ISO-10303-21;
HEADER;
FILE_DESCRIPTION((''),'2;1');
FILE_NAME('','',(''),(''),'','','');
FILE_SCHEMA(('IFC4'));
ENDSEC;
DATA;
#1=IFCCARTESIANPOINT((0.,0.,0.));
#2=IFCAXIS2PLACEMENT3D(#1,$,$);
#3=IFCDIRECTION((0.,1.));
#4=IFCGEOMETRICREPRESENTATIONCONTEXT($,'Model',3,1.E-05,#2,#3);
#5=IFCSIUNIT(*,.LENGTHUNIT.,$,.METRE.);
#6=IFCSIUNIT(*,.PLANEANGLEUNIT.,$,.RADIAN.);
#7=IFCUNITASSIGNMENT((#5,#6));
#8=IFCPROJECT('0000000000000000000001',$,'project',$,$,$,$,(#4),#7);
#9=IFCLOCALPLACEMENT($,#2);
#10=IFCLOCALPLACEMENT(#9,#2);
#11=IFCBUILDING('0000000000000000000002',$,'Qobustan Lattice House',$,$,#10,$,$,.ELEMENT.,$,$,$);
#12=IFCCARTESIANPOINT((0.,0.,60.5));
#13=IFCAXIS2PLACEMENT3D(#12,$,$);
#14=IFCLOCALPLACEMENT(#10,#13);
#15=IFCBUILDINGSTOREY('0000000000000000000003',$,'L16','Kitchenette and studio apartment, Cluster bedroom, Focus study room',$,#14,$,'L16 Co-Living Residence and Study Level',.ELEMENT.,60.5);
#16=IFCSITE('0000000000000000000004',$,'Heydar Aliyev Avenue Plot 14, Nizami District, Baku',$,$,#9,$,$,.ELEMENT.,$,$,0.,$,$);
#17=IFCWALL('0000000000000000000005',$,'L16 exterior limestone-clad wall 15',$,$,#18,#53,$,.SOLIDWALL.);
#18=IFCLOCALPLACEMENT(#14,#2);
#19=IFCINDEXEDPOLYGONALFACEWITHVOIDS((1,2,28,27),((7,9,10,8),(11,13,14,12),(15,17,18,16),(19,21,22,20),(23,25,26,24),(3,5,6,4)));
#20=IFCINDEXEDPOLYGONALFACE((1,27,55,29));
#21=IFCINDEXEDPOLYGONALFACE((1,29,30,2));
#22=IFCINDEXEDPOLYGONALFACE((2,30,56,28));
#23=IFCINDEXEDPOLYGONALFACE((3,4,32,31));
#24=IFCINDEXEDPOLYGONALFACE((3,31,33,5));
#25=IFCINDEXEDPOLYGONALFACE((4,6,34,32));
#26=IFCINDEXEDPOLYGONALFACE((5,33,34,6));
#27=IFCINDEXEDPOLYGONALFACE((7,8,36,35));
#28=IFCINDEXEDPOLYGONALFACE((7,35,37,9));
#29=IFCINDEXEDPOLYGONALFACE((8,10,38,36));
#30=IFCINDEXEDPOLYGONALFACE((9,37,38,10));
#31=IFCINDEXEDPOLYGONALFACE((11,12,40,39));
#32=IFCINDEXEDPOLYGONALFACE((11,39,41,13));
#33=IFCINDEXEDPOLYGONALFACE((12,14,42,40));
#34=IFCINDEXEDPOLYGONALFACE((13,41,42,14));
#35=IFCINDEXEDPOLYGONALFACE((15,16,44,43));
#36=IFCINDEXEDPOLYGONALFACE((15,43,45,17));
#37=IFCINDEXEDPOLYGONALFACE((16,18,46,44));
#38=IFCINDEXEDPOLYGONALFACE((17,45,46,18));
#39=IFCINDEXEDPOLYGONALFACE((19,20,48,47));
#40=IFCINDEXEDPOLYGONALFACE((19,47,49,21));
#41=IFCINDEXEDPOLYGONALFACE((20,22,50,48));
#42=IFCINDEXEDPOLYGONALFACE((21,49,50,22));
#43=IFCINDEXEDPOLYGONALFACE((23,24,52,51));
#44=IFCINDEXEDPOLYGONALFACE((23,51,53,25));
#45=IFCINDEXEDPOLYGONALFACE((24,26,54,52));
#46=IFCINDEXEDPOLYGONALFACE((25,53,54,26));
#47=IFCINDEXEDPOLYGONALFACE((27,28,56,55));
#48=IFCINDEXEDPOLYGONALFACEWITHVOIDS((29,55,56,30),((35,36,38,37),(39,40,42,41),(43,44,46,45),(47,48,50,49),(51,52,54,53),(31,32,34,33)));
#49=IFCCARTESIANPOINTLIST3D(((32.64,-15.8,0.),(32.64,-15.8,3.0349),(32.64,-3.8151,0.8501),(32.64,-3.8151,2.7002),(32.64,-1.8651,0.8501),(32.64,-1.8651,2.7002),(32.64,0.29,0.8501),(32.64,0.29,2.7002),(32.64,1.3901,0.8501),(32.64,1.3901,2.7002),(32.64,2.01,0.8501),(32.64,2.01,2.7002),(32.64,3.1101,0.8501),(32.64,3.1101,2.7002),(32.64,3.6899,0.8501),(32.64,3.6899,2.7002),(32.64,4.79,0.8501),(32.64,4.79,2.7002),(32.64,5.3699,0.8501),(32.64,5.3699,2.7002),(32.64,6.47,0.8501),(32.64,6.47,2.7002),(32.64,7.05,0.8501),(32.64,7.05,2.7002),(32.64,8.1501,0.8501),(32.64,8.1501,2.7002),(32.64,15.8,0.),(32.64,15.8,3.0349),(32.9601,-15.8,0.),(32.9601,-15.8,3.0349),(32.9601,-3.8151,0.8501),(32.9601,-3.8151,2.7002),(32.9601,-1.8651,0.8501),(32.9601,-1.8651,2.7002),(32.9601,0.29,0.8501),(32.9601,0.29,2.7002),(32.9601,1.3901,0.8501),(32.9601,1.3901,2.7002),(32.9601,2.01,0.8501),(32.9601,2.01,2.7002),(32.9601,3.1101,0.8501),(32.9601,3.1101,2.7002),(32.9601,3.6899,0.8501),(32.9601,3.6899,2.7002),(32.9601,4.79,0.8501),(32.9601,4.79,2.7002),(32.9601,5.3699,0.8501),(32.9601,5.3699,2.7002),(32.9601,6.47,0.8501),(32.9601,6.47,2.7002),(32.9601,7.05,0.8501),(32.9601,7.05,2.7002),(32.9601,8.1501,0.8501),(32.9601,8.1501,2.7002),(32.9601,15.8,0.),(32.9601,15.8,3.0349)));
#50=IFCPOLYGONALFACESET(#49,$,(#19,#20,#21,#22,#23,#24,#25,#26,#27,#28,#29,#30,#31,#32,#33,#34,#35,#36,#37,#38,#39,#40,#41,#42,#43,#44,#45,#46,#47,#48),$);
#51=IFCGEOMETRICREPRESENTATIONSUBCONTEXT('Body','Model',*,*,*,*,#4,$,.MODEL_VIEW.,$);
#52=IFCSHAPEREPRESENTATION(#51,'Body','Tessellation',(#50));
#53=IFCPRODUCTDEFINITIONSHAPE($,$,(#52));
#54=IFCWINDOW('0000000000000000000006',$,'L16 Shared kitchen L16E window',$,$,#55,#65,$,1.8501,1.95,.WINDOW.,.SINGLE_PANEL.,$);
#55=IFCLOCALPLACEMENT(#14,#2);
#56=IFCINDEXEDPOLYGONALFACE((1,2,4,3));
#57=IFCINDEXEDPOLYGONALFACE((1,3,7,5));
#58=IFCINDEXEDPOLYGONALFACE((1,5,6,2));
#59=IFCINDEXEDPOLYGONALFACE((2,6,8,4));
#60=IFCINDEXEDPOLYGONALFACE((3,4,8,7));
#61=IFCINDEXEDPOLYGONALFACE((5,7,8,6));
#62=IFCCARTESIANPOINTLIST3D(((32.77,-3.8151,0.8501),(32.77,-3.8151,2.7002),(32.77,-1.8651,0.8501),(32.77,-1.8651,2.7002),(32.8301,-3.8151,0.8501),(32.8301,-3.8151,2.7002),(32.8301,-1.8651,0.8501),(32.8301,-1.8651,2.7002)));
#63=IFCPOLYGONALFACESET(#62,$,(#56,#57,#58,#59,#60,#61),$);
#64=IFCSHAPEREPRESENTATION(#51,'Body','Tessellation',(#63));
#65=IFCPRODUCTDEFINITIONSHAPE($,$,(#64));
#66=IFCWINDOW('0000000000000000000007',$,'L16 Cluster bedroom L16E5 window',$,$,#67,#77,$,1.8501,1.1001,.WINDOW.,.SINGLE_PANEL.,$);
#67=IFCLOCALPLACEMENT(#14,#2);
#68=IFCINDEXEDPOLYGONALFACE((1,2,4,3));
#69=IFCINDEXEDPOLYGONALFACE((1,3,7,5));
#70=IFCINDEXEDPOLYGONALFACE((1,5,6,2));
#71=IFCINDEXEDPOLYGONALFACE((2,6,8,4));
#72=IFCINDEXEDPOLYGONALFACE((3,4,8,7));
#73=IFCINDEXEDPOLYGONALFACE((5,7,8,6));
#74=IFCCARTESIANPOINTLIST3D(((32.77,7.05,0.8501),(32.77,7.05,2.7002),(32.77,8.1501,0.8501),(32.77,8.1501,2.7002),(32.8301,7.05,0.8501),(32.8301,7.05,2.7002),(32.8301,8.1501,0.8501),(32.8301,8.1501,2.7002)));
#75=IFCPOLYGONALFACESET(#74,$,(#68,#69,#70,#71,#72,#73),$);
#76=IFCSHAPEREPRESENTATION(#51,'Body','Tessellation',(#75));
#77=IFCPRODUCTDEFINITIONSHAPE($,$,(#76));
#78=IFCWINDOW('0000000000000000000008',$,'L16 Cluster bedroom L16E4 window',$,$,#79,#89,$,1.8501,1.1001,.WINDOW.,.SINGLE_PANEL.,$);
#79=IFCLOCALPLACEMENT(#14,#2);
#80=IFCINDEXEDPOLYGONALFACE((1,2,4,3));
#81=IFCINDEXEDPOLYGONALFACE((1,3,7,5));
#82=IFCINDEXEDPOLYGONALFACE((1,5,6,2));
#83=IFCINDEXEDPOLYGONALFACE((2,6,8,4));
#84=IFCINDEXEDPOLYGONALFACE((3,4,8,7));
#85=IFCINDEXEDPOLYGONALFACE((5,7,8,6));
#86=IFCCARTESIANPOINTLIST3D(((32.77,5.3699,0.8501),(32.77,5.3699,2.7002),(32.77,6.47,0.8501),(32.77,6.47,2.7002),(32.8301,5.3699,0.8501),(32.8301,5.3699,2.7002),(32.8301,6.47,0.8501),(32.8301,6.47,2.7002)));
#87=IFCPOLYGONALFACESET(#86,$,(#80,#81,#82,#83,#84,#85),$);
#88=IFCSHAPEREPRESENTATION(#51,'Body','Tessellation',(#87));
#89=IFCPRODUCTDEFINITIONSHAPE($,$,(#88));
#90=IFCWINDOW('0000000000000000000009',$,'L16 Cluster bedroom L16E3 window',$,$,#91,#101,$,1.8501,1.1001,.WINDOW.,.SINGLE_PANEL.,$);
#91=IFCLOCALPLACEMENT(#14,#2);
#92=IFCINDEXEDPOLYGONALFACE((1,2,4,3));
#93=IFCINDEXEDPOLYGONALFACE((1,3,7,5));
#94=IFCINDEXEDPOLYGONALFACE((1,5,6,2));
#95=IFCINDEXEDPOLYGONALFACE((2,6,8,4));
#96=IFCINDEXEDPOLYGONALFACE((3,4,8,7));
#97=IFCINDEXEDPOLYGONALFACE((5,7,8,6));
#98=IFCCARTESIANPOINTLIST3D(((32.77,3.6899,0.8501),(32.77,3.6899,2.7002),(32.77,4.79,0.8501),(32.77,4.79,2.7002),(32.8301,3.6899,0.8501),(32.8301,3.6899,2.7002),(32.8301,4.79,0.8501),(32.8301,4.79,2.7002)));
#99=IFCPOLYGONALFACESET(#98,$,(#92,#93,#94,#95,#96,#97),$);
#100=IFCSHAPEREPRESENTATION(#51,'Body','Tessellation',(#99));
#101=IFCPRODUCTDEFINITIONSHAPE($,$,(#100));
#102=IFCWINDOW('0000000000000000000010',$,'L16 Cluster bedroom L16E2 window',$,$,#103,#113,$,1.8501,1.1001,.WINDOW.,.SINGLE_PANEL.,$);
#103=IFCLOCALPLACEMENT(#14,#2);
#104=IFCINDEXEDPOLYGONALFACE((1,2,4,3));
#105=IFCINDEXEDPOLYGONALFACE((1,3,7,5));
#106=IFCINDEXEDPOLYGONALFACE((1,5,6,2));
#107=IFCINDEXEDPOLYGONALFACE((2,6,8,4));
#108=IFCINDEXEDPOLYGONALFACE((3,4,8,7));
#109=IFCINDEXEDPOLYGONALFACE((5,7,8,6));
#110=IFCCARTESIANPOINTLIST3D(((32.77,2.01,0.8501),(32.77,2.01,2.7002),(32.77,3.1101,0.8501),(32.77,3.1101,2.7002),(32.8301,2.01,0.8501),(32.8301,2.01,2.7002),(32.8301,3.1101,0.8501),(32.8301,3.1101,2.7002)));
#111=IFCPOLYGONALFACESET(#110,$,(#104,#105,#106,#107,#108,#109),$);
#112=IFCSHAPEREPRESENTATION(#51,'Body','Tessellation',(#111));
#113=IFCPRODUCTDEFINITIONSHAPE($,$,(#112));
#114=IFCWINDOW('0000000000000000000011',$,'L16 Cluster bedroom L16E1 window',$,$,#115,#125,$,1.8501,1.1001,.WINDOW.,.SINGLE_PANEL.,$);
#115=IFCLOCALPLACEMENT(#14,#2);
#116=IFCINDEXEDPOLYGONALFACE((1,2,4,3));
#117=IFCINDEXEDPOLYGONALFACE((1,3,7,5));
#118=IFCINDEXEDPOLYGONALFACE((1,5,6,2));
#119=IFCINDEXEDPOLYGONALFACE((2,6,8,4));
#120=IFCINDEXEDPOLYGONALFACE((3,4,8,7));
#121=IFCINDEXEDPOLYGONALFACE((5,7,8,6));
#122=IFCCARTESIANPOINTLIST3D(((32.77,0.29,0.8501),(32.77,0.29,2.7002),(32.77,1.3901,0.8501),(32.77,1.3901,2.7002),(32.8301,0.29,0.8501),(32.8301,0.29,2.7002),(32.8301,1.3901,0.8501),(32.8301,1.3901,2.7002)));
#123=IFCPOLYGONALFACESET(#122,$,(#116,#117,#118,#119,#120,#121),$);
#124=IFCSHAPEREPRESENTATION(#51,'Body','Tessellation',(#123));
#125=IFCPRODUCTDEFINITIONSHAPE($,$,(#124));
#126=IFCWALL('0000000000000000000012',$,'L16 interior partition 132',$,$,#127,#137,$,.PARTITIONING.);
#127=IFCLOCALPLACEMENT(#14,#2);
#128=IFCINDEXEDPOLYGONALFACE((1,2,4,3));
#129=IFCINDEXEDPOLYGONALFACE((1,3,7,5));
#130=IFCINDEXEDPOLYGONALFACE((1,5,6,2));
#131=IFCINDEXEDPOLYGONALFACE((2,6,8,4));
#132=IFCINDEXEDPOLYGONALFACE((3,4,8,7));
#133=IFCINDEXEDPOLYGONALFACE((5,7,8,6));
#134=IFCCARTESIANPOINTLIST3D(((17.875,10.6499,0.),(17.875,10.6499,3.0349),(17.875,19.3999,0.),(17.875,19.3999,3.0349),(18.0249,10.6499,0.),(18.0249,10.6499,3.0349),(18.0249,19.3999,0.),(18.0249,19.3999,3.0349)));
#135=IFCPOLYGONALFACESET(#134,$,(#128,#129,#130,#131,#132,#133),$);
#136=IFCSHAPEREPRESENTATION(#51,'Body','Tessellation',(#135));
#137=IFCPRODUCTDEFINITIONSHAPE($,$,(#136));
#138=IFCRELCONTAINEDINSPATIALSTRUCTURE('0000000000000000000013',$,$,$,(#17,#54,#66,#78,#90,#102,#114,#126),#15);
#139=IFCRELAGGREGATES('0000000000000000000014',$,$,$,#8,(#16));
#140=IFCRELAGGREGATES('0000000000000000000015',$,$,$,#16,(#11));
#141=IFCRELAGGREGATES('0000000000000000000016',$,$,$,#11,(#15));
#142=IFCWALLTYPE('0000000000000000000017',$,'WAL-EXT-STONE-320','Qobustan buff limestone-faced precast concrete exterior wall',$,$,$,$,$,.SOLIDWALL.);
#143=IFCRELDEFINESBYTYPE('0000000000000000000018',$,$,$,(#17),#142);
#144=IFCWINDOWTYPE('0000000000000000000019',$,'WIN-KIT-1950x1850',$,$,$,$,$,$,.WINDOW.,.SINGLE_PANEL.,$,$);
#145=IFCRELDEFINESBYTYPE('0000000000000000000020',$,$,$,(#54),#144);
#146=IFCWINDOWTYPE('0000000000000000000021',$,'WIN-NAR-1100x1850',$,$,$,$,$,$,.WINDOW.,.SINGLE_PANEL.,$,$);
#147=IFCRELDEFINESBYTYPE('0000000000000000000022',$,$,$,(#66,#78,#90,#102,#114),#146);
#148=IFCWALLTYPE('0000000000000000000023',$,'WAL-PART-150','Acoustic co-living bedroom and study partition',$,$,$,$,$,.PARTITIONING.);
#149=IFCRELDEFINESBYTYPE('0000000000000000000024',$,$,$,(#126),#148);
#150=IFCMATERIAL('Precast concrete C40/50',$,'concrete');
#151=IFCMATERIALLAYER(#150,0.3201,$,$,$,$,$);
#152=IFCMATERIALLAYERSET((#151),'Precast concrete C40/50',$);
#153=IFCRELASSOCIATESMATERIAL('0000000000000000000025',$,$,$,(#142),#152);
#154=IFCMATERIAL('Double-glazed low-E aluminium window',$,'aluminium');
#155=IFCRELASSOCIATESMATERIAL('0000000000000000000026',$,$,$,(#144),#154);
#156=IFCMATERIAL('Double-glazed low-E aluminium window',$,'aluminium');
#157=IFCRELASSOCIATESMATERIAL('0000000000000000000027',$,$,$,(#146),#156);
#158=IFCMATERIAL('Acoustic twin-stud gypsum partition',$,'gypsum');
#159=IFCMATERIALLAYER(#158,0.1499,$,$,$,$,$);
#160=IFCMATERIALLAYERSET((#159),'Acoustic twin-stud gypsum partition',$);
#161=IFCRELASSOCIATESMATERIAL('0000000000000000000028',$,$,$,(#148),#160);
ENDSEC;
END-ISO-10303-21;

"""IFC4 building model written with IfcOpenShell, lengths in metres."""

from ifc_helpers import new_model, si_unit, direction, frame, frame_2d, origin, place, context, subcontext, project, spatial, rectangle, extrude, material, layer, layer_set, type_object, element, fill, save


model = new_model("IFC4")

# Units and contexts
model_context = context("Model", 3, precision=1e-05, world=origin(), true_north=direction((0.0, 1.0)))
body_context = subcontext(model_context, "Body", "Model", "MODEL_VIEW")
ifc_project = project(units=[si_unit("LENGTHUNIT", "METRE"), si_unit("PLANEANGLEUNIT", "RADIAN")], contexts=[model_context])

# Site, building, storey
site_placement = place(None, origin())
site = spatial("IfcSite", under=ifc_project, at=site_placement, Name="Heydar Aliyev Avenue Plot 14, Nizami District, Baku", CompositionType="ELEMENT", RefElevation=0.0)
building_placement = place(site_placement, origin())
building = spatial("IfcBuilding", under=site, at=building_placement, Name="Qobustan Lattice House", CompositionType="ELEMENT")
storey_placement = place(building_placement, frame((0.0, 0.0, 60.5)))
storey = spatial("IfcBuildingStorey", under=building, at=storey_placement, Name="L16", Description="Kitchenette and studio apartment, Cluster bedroom, Focus study room", LongName="L16 Co-Living Residence and Study Level", CompositionType="ELEMENT", Elevation=60.5)

# Shared definitions
ifc_material_1 = material(Name="Precast concrete C40/50", Category="concrete")
ifc_layer_1 = layer(ifc_material_1, 0.3201)
ifc_layer_set_1 = layer_set([ifc_layer_1], Name="Precast concrete C40/50")
wall_type_1 = type_object("IfcWallType", Name="WAL-EXT-STONE-320", Description="Qobustan buff limestone-faced precast concrete exterior wall", PredefinedType="SOLIDWALL", material=ifc_layer_set_1)

# Wall, openings, windows
wall_1_placement = place(storey_placement, frame((32.8, 15.8, 0.0), z_axis=(0.0, 0.0, 1.0), x_axis=(0.0, -1.0, 0.0)))
wall_1 = element("IfcWall", 1, at=wall_1_placement, inside=storey, type_object=wall_type_1, Name="L16 exterior limestone-clad wall 15", PredefinedType="SOLIDWALL", context=body_context, shape_type="SweptSolid", body=[
    extrude(rectangle(XDim=31.6001, YDim=0.3201, at=frame_2d((15.8, 0.0))), origin(), (0.0, 0.0, 1.0), 3.0349),
])
opening_1_placement = place(wall_1_placement, frame((7.6499, 0.0, 0.8501)))
opening_1 = element("IfcOpeningElement", 2, at=opening_1_placement, cuts=wall_1, PredefinedType="OPENING", context=body_context, shape_type="SweptSolid", body=[
    extrude(rectangle(XDim=1.1001, YDim=1.8501, at=frame_2d((0.55, 0.925))), frame((0.0, 0.1699, 0.0), z_axis=(0.0, -1.0, 0.0), x_axis=(1.0, 0.0, 0.0)), (0.0, 0.0, 1.0), 0.3401),
])
opening_2_placement = place(wall_1_placement, frame((9.3301, 0.0, 0.8501)))
opening_2 = element("IfcOpeningElement", 3, at=opening_2_placement, cuts=wall_1, PredefinedType="OPENING", context=body_context, shape_type="SweptSolid", body=[
    extrude(rectangle(XDim=1.1001, YDim=1.8501, at=frame_2d((0.55, 0.925))), frame((0.0, 0.1699, 0.0), z_axis=(0.0, -1.0, 0.0), x_axis=(1.0, 0.0, 0.0)), (0.0, 0.0, 1.0), 0.3401),
])
opening_3_placement = place(wall_1_placement, frame((11.01, 0.0, 0.8501)))
opening_3 = element("IfcOpeningElement", 4, at=opening_3_placement, cuts=wall_1, PredefinedType="OPENING", context=body_context, shape_type="SweptSolid", body=[
    extrude(rectangle(XDim=1.1001, YDim=1.8501, at=frame_2d((0.55, 0.925))), frame((0.0, 0.1699, 0.0), z_axis=(0.0, -1.0, 0.0), x_axis=(1.0, 0.0, 0.0)), (0.0, 0.0, 1.0), 0.3401),
])
opening_4_placement = place(wall_1_placement, frame((12.6899, 0.0, 0.8501)))
opening_4 = element("IfcOpeningElement", 5, at=opening_4_placement, cuts=wall_1, PredefinedType="OPENING", context=body_context, shape_type="SweptSolid", body=[
    extrude(rectangle(XDim=1.1001, YDim=1.8501, at=frame_2d((0.55, 0.925))), frame((0.0, 0.1699, 0.0), z_axis=(0.0, -1.0, 0.0), x_axis=(1.0, 0.0, 0.0)), (0.0, 0.0, 1.0), 0.3401),
])
opening_5_placement = place(wall_1_placement, frame((14.4099, 0.0, 0.8501)))
opening_5 = element("IfcOpeningElement", 6, at=opening_5_placement, cuts=wall_1, PredefinedType="OPENING", context=body_context, shape_type="SweptSolid", body=[
    extrude(rectangle(XDim=1.1001, YDim=1.8501, at=frame_2d((0.55, 0.925))), frame((0.0, 0.1699, 0.0), z_axis=(0.0, -1.0, 0.0), x_axis=(1.0, 0.0, 0.0)), (0.0, 0.0, 1.0), 0.3401),
])
opening_6_placement = place(wall_1_placement, frame((17.665, 0.0, 0.8501)))
opening_6 = element("IfcOpeningElement", 7, at=opening_6_placement, cuts=wall_1, PredefinedType="OPENING", context=body_context, shape_type="SweptSolid", body=[
    extrude(rectangle(XDim=1.95, YDim=1.8501, at=frame_2d((0.9751, 0.925))), frame((0.0, 0.1699, 0.0), z_axis=(0.0, -1.0, 0.0), x_axis=(1.0, 0.0, 0.0)), (0.0, 0.0, 1.0), 0.3401),
])
ifc_material_2 = material(Name="Double-glazed low-E aluminium window", Category="aluminium")
window_type_1 = type_object("IfcWindowType", Name="WIN-KIT-1950x1850", PartitioningType="SINGLE_PANEL", PredefinedType="WINDOW", material=ifc_material_2)
window_1_placement = place(opening_6_placement, origin())
window_1 = element("IfcWindow", 8, at=window_1_placement, inside=storey, type_object=window_type_1, Name="L16 Shared kitchen L16E window", OverallHeight=1.8501, OverallWidth=1.95, PartitioningType="SINGLE_PANEL", PredefinedType="WINDOW", context=body_context, shape_type="SweptSolid", body=[
    extrude(rectangle(XDim=1.95, YDim=1.8501, at=frame_2d((0.9751, 0.925))), frame((0.0, 0.03, 0.0), z_axis=(0.0, -1.0, 0.0), x_axis=(1.0, 0.0, 0.0)), (0.0, 0.0, 1.0), 0.0601),
])
fill(opening_6, window_1)
ifc_material_3 = material(Name="Double-glazed low-E aluminium window", Category="aluminium")
window_type_2 = type_object("IfcWindowType", Name="WIN-NAR-1100x1850", PartitioningType="SINGLE_PANEL", PredefinedType="WINDOW", material=ifc_material_3)
window_2_placement = place(opening_1_placement, origin())
window_2 = element("IfcWindow", 9, at=window_2_placement, inside=storey, type_object=window_type_2, Name="L16 Cluster bedroom L16E5 window", OverallHeight=1.8501, OverallWidth=1.1001, PartitioningType="SINGLE_PANEL", PredefinedType="WINDOW", context=body_context, shape_type="SweptSolid", body=[
    extrude(rectangle(XDim=1.1001, YDim=1.8501, at=frame_2d((0.55, 0.925))), frame((0.0, 0.03, 0.0), z_axis=(0.0, -1.0, 0.0), x_axis=(1.0, 0.0, 0.0)), (0.0, 0.0, 1.0), 0.0601),
])
fill(opening_1, window_2)
window_3_placement = place(opening_2_placement, origin())
window_3 = element("IfcWindow", 10, at=window_3_placement, inside=storey, type_object=window_type_2, Name="L16 Cluster bedroom L16E4 window", OverallHeight=1.8501, OverallWidth=1.1001, PartitioningType="SINGLE_PANEL", PredefinedType="WINDOW", context=body_context, shape_type="SweptSolid", body=[
    extrude(rectangle(XDim=1.1001, YDim=1.8501, at=frame_2d((0.55, 0.925))), frame((0.0, 0.03, 0.0), z_axis=(0.0, -1.0, 0.0), x_axis=(1.0, 0.0, 0.0)), (0.0, 0.0, 1.0), 0.0601),
])
fill(opening_2, window_3)
window_4_placement = place(opening_3_placement, origin())
window_4 = element("IfcWindow", 11, at=window_4_placement, inside=storey, type_object=window_type_2, Name="L16 Cluster bedroom L16E3 window", OverallHeight=1.8501, OverallWidth=1.1001, PartitioningType="SINGLE_PANEL", PredefinedType="WINDOW", context=body_context, shape_type="SweptSolid", body=[
    extrude(rectangle(XDim=1.1001, YDim=1.8501, at=frame_2d((0.55, 0.925))), frame((0.0, 0.03, 0.0), z_axis=(0.0, -1.0, 0.0), x_axis=(1.0, 0.0, 0.0)), (0.0, 0.0, 1.0), 0.0601),
])
fill(opening_3, window_4)
window_5_placement = place(opening_4_placement, origin())
window_5 = element("IfcWindow", 12, at=window_5_placement, inside=storey, type_object=window_type_2, Name="L16 Cluster bedroom L16E2 window", OverallHeight=1.8501, OverallWidth=1.1001, PartitioningType="SINGLE_PANEL", PredefinedType="WINDOW", context=body_context, shape_type="SweptSolid", body=[
    extrude(rectangle(XDim=1.1001, YDim=1.8501, at=frame_2d((0.55, 0.925))), frame((0.0, 0.03, 0.0), z_axis=(0.0, -1.0, 0.0), x_axis=(1.0, 0.0, 0.0)), (0.0, 0.0, 1.0), 0.0601),
])
fill(opening_4, window_5)
window_6_placement = place(opening_5_placement, origin())
window_6 = element("IfcWindow", 13, at=window_6_placement, inside=storey, type_object=window_type_2, Name="L16 Cluster bedroom L16E1 window", OverallHeight=1.8501, OverallWidth=1.1001, PartitioningType="SINGLE_PANEL", PredefinedType="WINDOW", context=body_context, shape_type="SweptSolid", body=[
    extrude(rectangle(XDim=1.1001, YDim=1.8501, at=frame_2d((0.55, 0.925))), frame((0.0, 0.03, 0.0), z_axis=(0.0, -1.0, 0.0), x_axis=(1.0, 0.0, 0.0)), (0.0, 0.0, 1.0), 0.0601),
])
fill(opening_5, window_6)

# Shared definitions
ifc_material_4 = material(Name="Acoustic twin-stud gypsum partition", Category="gypsum")
ifc_layer_2 = layer(ifc_material_4, 0.1499)
ifc_layer_set_2 = layer_set([ifc_layer_2], Name="Acoustic twin-stud gypsum partition")
wall_type_2 = type_object("IfcWallType", Name="WAL-PART-150", Description="Acoustic co-living bedroom and study partition", PredefinedType="PARTITIONING", material=ifc_layer_set_2)

# Wall
wall_2_placement = place(storey_placement, frame((17.95, 19.3999, 0.0), z_axis=(0.0, 0.0, 1.0), x_axis=(0.0, -1.0, 0.0)))
element("IfcWall", 14, at=wall_2_placement, inside=storey, type_object=wall_type_2, Name="L16 interior partition 132", PredefinedType="PARTITIONING", context=body_context, shape_type="SweptSolid", body=[
    extrude(rectangle(XDim=8.75, YDim=0.1499, at=frame_2d((4.375, 0.0))), origin(), (0.0, 0.0, 1.0), 3.0349),
])

save(model, "model.ifc")
